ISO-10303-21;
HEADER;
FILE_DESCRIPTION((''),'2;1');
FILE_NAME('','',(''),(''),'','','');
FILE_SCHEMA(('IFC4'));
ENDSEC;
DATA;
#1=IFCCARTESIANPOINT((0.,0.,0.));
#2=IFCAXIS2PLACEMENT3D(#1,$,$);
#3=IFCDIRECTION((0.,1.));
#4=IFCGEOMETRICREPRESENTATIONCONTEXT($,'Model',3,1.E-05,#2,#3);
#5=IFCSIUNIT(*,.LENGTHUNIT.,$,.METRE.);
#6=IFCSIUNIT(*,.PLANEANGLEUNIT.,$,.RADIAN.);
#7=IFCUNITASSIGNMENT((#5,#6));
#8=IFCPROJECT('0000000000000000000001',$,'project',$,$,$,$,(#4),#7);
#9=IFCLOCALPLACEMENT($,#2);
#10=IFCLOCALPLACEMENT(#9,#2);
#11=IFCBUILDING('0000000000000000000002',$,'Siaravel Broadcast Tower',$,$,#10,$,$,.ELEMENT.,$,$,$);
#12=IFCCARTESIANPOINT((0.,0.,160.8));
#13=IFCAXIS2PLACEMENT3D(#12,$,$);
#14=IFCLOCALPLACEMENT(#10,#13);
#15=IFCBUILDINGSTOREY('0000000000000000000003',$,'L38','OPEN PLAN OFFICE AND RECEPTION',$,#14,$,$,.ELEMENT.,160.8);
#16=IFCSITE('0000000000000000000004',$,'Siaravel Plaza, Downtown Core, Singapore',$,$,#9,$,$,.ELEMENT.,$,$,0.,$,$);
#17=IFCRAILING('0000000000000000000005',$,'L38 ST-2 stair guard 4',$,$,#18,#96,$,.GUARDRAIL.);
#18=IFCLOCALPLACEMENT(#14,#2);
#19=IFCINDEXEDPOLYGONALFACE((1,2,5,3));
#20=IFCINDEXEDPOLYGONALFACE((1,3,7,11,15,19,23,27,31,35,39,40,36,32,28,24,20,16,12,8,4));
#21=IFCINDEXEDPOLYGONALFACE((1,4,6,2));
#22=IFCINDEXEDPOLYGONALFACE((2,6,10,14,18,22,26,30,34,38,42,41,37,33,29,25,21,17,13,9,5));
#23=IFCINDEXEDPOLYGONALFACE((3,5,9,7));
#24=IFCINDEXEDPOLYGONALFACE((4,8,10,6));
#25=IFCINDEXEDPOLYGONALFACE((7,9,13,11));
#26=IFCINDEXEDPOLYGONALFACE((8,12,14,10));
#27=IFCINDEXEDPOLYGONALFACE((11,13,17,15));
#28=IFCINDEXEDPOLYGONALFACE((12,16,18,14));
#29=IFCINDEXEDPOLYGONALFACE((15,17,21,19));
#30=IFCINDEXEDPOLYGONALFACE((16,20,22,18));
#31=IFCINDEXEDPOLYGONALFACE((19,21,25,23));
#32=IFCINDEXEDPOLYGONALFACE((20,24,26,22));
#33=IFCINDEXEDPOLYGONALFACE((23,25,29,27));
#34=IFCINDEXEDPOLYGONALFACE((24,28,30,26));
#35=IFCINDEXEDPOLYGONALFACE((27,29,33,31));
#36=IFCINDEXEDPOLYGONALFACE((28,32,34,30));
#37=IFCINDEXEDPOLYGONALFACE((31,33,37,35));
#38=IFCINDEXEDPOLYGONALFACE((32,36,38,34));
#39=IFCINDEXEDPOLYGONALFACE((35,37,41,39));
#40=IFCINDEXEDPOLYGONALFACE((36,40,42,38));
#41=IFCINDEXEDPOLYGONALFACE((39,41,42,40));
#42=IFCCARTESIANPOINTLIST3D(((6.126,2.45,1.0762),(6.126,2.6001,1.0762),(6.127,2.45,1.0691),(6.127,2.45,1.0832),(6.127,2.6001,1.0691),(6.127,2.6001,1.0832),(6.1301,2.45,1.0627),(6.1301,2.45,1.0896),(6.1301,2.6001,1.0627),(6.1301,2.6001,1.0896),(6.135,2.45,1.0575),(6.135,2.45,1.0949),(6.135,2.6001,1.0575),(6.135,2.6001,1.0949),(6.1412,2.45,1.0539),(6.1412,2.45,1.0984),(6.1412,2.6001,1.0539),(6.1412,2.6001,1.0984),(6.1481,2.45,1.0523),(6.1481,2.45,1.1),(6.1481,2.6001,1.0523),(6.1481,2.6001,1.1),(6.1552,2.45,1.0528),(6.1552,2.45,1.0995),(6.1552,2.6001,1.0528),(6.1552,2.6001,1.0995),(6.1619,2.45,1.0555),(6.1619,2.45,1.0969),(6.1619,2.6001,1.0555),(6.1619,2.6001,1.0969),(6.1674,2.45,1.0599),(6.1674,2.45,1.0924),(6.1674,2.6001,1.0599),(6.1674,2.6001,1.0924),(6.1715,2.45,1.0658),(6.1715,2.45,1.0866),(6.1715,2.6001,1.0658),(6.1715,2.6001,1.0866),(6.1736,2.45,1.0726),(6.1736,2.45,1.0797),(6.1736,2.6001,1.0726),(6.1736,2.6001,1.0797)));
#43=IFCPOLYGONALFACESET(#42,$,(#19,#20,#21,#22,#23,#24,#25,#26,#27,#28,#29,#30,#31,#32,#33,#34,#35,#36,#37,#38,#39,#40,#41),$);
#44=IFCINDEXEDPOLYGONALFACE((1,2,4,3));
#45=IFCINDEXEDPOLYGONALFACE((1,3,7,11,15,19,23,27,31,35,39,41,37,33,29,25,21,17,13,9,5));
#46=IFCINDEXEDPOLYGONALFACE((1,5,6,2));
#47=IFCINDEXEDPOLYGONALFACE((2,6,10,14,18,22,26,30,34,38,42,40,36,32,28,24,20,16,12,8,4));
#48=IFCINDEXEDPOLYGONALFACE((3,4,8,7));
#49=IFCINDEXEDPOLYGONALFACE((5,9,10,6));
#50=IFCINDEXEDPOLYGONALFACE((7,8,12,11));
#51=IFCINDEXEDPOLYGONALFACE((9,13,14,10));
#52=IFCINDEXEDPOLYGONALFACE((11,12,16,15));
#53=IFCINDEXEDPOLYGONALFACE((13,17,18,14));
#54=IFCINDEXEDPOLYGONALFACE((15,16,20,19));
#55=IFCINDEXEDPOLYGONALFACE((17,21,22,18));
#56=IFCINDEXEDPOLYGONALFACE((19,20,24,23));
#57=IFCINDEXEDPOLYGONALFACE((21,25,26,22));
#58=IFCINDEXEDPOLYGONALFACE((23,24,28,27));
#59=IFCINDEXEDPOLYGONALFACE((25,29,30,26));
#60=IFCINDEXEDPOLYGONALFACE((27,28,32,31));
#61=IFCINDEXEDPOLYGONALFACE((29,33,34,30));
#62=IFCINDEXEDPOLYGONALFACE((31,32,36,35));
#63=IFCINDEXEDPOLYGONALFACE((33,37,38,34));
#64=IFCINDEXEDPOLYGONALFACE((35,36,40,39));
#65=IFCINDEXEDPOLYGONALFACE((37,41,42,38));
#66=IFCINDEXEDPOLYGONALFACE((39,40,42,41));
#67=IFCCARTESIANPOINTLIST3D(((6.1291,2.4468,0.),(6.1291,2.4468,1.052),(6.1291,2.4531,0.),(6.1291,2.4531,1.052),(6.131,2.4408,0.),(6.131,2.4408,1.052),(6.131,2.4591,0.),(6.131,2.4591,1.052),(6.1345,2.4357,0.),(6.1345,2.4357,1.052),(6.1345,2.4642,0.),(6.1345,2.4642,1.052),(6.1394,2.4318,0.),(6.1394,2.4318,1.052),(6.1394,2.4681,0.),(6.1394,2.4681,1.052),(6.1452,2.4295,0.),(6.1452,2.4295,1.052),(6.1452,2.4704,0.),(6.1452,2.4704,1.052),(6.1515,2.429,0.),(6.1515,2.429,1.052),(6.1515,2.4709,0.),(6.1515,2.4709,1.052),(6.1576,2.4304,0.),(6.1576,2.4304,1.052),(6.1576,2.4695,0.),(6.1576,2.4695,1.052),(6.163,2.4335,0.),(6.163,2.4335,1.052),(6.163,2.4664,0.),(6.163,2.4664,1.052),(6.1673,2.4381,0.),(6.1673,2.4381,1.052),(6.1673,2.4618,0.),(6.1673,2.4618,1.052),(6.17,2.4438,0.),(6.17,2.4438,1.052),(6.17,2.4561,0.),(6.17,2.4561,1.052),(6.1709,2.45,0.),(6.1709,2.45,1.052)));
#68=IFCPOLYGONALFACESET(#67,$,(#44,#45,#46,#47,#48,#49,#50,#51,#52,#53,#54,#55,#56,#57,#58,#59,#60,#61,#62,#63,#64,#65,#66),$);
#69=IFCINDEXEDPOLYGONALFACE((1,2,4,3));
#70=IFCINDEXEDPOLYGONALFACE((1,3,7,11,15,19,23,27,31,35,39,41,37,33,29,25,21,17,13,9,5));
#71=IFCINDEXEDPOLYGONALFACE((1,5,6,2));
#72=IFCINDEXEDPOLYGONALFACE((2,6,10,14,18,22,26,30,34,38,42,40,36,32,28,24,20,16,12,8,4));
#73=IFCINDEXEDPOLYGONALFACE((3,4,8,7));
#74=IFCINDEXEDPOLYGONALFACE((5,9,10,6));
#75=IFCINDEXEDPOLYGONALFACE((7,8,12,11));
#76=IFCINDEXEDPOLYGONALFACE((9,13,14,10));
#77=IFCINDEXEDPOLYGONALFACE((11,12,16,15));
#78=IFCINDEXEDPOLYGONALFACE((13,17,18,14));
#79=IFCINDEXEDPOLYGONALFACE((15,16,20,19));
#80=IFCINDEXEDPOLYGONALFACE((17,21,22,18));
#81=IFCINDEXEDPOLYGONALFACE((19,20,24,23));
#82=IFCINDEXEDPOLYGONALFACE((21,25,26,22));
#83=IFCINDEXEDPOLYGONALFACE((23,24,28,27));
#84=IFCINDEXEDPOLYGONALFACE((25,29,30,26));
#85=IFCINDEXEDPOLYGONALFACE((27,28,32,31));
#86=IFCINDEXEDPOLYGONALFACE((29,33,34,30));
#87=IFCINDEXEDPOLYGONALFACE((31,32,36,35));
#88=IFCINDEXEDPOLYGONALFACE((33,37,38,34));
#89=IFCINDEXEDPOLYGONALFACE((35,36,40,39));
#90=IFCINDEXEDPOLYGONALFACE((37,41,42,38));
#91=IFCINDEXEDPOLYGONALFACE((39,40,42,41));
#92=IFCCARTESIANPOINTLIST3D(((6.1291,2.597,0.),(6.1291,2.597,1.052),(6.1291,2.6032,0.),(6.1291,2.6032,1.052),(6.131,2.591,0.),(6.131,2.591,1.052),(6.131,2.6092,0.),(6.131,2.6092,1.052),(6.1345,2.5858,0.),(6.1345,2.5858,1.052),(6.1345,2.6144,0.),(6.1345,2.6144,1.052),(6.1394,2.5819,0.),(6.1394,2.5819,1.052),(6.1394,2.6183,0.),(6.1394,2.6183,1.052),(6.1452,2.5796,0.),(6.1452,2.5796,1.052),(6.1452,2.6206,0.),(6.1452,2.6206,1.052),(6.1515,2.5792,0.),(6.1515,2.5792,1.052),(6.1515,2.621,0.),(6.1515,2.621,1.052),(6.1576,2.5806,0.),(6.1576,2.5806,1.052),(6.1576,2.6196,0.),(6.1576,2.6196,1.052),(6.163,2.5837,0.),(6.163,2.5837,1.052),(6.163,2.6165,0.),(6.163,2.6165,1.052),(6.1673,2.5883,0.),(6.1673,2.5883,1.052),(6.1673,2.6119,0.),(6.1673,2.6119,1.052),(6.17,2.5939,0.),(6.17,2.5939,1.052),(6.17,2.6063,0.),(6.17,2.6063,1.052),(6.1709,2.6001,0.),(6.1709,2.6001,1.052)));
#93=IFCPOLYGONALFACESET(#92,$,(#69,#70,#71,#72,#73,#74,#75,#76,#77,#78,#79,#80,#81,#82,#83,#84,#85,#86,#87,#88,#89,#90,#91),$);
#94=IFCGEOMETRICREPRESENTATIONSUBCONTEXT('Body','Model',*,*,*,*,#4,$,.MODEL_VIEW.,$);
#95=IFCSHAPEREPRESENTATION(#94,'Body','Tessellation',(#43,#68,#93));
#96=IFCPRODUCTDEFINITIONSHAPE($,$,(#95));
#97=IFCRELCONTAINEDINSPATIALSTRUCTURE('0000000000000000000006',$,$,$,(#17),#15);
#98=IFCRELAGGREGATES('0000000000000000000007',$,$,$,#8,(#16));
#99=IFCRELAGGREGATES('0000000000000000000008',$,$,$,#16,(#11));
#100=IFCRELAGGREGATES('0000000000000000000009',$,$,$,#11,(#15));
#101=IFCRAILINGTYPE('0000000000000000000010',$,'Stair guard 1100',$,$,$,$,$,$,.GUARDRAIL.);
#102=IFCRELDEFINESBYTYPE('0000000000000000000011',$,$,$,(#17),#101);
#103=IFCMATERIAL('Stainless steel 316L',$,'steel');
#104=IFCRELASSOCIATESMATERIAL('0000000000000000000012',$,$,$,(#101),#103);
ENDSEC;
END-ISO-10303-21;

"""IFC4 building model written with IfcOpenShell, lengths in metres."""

from ifc_helpers import new_model, si_unit, direction, frame, origin, origin_2d, place, context, subcontext, project, spatial, circle, extrude, material, type_object, element, save


model = new_model("IFC4")

# Units and contexts
model_context = context("Model", 3, precision=1e-05, world=origin(), true_north=direction((0.0, 1.0)))
body_context = subcontext(model_context, "Body", "Model", "MODEL_VIEW")
ifc_project = project(units=[si_unit("LENGTHUNIT", "METRE"), si_unit("PLANEANGLEUNIT", "RADIAN")], contexts=[model_context])

# Site, building, storey
site_placement = place(None, origin())
site = spatial("IfcSite", under=ifc_project, at=site_placement, Name="Siaravel Plaza, Downtown Core, Singapore", CompositionType="ELEMENT", RefElevation=0.0)
building_placement = place(site_placement, origin())
building = spatial("IfcBuilding", under=site, at=building_placement, Name="Siaravel Broadcast Tower", CompositionType="ELEMENT")
storey_placement = place(building_placement, frame((0.0, 0.0, 160.8)))
storey = spatial("IfcBuildingStorey", under=building, at=storey_placement, Name="L38", Description="OPEN PLAN OFFICE AND RECEPTION", CompositionType="ELEMENT", Elevation=160.8)

# Railing
ifc_material_1 = material(Name="Stainless steel 316L", Category="steel")
railing_type_1 = type_object("IfcRailingType", Name="Stair guard 1100", PredefinedType="GUARDRAIL", material=ifc_material_1)
railing_1_placement = place(storey_placement, frame((6.1499, 2.45, 0.0)))
element("IfcRailing", 1, at=railing_1_placement, inside=storey, type_object=railing_type_1, Name="L38 ST-2 stair guard 4", PredefinedType="GUARDRAIL", context=body_context, shape_type="SweptSolid", body=[
    extrude(circle(Radius=0.0239, at=origin_2d()), frame((0.0, 0.0, 1.0762), z_axis=(0.0, 1.0, 0.0), x_axis=(-1.0, 0.0, 0.0)), (0.0, 0.0, 1.0), 0.1501),
    extrude(circle(Radius=0.021, at=origin_2d()), origin(), (0.0, 0.0, 1.0), 1.052),
    extrude(circle(Radius=0.021, at=origin_2d()), frame((0.0, 0.1501, 0.0)), (0.0, 0.0, 1.0), 1.052),
])

save(model, "model.ifc")
